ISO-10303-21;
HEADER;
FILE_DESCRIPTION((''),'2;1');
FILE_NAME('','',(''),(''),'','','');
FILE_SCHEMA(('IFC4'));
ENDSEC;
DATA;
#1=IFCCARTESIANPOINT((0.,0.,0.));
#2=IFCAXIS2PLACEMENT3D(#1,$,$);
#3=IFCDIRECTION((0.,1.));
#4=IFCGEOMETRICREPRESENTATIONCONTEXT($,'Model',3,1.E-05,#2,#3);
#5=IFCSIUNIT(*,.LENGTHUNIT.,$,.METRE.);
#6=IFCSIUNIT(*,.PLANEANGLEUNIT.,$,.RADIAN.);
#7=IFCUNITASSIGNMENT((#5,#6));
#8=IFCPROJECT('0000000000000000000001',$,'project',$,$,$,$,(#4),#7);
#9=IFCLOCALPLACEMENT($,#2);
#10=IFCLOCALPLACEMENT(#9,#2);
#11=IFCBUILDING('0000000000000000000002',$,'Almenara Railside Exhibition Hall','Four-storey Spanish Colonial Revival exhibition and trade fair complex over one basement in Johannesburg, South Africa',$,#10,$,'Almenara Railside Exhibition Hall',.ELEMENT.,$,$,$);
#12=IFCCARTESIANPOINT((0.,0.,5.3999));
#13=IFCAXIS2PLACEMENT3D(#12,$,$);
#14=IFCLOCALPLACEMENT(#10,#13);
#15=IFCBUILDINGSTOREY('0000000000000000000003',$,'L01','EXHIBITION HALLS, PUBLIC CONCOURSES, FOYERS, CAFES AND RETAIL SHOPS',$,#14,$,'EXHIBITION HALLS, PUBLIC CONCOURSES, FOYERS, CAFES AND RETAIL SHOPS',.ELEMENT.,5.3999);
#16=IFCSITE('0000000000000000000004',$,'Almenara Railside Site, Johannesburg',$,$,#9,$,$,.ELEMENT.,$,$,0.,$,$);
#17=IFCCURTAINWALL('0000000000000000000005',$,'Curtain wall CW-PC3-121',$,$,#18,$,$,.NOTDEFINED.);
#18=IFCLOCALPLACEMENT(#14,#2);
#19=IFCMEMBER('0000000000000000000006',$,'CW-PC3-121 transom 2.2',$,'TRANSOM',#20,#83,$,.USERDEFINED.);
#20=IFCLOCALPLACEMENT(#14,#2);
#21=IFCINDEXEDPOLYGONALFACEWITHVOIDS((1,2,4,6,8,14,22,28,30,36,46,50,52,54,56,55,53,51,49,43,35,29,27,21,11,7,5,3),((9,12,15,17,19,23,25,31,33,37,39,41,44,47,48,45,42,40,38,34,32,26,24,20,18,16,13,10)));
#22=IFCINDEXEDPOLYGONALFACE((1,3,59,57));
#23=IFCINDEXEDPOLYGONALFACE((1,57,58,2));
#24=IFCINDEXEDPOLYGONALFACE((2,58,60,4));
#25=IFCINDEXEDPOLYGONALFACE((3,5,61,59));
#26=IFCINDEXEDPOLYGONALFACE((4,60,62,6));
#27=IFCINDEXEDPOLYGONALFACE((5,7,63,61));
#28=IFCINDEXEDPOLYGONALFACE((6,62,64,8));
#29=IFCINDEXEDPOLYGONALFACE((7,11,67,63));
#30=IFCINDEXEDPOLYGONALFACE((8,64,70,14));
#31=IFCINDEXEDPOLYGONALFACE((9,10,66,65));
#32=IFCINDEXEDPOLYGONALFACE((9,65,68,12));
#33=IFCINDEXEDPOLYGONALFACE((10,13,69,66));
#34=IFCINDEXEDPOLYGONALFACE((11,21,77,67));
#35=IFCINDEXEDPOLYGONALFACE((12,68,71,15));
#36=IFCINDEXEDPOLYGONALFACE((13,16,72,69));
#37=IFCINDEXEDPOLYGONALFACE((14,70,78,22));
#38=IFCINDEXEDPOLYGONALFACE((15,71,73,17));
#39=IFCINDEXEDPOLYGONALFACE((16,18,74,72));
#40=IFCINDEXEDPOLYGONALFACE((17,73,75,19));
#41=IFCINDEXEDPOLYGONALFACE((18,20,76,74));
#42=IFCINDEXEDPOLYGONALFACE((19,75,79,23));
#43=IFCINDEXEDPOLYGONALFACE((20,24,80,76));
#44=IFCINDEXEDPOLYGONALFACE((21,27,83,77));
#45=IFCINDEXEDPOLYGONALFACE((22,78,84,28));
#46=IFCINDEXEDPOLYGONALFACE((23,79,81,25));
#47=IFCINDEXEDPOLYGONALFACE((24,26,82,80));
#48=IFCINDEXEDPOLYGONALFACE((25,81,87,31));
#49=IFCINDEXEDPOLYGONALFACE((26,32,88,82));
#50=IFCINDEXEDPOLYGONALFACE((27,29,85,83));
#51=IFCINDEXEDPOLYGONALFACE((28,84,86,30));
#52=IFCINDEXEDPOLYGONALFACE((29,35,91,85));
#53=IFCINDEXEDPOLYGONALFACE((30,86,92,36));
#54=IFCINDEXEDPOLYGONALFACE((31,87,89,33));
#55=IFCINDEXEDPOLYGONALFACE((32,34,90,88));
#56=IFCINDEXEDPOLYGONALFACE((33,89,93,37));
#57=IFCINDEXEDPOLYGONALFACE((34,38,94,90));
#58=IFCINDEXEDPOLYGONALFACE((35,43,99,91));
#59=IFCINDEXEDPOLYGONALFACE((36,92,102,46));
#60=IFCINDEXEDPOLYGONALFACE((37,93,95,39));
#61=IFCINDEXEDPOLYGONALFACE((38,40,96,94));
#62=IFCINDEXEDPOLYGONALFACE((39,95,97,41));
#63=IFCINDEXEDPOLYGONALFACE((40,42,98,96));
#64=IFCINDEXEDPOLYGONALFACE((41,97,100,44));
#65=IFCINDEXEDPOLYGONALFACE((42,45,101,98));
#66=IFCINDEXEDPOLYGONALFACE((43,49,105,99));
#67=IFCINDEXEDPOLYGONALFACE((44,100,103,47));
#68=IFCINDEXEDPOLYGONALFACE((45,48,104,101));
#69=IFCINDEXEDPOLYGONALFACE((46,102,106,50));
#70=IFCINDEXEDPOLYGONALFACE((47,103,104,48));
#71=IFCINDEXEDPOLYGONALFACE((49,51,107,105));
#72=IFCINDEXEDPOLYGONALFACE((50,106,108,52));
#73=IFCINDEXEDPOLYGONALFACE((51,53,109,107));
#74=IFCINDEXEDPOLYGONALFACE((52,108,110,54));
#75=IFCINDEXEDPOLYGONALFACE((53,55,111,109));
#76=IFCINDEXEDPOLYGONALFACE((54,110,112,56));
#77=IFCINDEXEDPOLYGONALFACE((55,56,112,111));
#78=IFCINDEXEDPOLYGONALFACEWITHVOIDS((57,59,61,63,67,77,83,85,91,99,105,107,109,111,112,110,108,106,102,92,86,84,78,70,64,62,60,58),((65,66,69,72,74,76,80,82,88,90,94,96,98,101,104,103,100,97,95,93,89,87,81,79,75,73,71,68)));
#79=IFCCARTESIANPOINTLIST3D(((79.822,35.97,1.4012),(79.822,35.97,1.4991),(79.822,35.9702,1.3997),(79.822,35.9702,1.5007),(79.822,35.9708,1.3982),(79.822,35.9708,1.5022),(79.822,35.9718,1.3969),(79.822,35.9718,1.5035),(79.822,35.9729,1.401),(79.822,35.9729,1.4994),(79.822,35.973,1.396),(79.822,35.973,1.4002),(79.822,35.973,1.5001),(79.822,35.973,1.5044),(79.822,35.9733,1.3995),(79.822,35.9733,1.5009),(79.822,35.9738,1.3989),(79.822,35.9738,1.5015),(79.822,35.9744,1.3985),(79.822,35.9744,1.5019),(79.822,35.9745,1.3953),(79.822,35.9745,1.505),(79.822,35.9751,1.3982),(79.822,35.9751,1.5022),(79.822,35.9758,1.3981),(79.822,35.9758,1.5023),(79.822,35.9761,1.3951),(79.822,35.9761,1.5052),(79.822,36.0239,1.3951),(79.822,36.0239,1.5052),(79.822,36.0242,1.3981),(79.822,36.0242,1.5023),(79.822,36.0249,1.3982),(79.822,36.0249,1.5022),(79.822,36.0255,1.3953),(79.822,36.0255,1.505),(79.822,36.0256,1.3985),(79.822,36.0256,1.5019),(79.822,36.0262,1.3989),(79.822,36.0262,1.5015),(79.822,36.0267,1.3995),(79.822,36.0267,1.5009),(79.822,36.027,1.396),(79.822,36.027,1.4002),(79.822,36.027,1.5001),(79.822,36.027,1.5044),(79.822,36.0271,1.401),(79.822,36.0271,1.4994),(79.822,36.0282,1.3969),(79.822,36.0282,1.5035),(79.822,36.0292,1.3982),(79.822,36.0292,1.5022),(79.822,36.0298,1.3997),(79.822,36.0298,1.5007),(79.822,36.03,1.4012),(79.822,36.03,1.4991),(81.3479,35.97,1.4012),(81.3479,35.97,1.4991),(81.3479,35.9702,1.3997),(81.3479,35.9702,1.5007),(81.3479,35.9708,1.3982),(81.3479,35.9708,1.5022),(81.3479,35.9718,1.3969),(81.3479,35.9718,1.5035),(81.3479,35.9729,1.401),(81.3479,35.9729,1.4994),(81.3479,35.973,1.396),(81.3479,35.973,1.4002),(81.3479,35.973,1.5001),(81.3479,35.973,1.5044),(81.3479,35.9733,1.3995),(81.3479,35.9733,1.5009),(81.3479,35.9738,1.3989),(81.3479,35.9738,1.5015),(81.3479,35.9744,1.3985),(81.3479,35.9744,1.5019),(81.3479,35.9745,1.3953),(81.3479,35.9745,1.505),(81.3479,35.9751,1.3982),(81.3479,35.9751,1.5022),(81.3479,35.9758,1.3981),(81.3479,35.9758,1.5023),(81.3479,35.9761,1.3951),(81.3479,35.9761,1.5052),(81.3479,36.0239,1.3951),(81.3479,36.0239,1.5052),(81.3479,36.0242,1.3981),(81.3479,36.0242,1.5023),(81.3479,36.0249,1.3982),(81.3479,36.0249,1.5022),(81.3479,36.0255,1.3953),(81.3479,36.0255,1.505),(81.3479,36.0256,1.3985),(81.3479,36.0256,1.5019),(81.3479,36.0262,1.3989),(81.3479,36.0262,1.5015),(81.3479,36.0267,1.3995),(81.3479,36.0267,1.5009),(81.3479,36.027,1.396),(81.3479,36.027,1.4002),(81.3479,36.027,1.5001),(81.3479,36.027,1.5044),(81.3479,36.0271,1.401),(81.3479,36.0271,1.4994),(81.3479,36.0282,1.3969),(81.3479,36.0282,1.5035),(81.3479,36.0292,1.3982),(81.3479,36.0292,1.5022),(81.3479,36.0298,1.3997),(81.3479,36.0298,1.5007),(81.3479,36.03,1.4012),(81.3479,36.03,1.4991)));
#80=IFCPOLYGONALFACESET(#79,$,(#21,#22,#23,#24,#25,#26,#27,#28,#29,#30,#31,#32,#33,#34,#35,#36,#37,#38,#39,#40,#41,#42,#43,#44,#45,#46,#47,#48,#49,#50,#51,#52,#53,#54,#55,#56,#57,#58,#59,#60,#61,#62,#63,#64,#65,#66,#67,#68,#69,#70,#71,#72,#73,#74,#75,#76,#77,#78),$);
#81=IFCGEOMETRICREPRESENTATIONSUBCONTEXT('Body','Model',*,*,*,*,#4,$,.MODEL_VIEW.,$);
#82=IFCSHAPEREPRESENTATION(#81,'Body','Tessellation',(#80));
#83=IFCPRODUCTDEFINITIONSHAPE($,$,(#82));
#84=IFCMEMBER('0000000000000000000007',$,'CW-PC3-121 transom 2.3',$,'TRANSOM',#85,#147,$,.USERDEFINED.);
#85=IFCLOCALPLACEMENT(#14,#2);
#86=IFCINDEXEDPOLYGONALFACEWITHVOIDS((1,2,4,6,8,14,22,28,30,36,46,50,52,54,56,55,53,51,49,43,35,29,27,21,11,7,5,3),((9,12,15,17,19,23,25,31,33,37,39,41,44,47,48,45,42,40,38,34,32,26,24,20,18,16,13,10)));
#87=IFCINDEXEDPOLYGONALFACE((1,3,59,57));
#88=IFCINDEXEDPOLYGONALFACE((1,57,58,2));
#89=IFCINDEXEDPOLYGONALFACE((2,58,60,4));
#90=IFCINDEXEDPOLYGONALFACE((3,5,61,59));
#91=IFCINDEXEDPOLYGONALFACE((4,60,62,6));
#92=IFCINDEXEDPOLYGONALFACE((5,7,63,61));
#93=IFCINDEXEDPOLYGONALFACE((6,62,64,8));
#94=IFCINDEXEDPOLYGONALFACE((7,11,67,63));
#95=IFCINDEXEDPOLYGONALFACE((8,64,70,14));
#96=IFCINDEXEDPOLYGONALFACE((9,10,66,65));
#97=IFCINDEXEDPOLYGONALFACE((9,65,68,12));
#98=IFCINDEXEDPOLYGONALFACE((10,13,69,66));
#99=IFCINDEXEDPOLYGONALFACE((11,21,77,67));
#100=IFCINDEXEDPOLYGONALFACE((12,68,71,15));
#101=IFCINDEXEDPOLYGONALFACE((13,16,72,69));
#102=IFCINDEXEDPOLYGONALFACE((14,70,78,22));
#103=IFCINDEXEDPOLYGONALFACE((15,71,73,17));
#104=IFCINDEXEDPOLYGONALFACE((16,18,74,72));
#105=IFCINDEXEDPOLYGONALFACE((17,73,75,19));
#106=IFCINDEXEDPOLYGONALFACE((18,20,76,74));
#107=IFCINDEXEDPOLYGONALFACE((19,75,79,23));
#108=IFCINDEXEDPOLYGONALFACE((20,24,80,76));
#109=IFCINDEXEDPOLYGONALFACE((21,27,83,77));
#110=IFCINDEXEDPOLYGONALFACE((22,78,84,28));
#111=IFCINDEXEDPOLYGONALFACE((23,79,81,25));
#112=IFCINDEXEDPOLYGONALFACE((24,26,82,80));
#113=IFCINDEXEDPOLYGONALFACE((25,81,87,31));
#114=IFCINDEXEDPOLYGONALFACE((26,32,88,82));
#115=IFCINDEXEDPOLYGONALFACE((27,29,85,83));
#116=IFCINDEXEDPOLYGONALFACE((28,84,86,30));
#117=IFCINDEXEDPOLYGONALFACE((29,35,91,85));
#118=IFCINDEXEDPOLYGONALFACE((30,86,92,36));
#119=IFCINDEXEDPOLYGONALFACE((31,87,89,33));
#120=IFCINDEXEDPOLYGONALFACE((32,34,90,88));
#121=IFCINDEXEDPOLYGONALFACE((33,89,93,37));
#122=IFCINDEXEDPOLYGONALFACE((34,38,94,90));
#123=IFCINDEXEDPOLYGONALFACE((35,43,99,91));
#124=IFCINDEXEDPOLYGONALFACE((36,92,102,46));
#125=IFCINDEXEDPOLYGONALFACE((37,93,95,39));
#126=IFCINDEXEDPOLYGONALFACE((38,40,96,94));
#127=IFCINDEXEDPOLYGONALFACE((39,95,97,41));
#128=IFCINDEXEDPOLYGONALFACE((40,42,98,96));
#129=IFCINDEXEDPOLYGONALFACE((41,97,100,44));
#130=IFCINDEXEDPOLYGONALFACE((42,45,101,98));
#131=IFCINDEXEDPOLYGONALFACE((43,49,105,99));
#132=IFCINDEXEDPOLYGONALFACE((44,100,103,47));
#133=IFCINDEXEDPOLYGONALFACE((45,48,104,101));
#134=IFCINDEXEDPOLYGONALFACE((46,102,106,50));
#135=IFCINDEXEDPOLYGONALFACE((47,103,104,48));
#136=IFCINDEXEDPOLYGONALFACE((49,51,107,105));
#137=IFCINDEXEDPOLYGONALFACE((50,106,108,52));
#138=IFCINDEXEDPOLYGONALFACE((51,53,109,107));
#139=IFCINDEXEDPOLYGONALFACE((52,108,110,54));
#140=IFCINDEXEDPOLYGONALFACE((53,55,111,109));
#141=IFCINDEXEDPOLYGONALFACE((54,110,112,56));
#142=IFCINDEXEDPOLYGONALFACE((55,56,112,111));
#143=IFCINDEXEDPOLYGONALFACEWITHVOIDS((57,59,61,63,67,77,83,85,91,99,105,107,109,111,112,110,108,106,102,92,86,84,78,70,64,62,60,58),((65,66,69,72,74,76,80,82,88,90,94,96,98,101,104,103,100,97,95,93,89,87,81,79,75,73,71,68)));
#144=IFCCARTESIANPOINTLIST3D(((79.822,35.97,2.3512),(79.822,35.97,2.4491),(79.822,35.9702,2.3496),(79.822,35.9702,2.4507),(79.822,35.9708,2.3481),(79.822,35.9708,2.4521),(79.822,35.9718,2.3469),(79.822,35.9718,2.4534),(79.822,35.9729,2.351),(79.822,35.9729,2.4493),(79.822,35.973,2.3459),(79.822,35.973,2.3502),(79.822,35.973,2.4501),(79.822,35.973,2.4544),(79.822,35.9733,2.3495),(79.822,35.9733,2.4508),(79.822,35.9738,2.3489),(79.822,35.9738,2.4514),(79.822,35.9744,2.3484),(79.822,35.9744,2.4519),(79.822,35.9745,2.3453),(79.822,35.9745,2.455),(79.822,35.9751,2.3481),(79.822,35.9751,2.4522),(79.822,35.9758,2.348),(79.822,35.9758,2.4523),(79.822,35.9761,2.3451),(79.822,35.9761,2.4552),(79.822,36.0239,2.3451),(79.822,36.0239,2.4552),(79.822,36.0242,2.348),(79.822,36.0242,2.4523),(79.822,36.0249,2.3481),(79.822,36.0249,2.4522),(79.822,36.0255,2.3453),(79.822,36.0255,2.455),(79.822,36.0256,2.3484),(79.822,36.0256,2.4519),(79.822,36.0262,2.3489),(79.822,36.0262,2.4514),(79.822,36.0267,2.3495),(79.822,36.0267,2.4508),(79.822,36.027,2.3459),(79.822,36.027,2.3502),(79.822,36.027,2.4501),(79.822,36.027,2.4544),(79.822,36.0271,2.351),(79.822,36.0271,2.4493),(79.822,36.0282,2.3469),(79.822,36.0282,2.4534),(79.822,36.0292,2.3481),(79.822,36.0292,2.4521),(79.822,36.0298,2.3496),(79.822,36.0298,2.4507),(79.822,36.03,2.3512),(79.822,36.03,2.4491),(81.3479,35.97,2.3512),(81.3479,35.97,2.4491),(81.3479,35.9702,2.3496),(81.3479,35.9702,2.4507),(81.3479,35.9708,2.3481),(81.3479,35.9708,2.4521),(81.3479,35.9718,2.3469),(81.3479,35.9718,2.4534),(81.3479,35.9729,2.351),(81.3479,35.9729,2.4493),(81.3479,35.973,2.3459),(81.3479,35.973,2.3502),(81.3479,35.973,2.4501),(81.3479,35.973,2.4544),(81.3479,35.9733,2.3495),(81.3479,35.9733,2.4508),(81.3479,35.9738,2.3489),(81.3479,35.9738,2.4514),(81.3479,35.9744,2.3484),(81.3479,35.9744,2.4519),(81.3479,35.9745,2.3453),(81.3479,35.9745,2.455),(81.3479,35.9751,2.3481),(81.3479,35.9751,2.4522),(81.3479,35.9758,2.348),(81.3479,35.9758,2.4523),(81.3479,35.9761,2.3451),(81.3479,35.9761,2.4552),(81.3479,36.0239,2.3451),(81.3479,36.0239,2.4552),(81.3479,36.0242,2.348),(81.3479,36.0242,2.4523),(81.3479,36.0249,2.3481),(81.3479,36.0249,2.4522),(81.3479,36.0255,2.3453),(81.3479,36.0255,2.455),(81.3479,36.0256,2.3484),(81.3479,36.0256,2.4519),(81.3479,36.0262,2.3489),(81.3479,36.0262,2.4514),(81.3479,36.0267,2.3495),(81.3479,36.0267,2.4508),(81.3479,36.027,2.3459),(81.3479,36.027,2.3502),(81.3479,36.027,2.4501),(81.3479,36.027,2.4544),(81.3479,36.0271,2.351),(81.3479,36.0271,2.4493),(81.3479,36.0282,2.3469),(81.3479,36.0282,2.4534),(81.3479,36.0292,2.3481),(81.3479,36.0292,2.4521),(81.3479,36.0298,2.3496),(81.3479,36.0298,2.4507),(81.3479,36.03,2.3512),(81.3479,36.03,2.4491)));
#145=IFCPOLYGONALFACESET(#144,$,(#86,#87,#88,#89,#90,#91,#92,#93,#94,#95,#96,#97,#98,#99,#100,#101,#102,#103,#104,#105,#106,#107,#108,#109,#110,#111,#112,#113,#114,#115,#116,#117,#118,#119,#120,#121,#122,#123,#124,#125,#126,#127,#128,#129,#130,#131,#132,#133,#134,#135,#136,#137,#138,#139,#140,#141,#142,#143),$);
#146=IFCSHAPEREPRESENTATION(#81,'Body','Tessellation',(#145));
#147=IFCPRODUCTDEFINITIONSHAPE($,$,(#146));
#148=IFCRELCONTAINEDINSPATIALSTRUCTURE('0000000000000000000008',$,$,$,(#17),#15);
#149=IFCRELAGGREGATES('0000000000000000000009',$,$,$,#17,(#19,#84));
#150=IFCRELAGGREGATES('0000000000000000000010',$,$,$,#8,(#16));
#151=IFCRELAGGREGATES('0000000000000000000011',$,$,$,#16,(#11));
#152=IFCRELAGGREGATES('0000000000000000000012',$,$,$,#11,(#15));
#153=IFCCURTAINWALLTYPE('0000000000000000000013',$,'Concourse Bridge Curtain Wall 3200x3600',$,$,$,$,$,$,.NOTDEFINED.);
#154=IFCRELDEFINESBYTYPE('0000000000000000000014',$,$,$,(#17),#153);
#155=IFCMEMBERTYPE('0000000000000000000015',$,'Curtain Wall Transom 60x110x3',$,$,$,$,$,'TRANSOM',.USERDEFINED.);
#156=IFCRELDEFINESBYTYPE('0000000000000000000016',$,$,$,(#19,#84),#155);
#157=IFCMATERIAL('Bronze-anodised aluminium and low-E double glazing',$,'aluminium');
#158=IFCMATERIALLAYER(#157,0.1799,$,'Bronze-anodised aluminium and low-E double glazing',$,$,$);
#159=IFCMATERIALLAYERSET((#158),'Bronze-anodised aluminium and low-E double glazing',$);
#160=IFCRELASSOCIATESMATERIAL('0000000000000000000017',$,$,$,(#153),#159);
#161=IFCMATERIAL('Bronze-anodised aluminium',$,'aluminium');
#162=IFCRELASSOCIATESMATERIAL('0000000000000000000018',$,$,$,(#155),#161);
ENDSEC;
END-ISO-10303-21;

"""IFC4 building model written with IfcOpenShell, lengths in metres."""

from ifc_helpers import new_model, si_unit, direction, frame, origin, origin_2d, place, context, subcontext, project, spatial, hollow_rectangle, extrude, material, layer, layer_set, material_profile, profile_set, type_object, element, aggregate, save


model = new_model("IFC4")

# Units and contexts
model_context = context("Model", 3, precision=1e-05, world=origin(), true_north=direction((0.0, 1.0)))
body_context = subcontext(model_context, "Body", "Model", "MODEL_VIEW")
ifc_project = project(units=[si_unit("LENGTHUNIT", "METRE"), si_unit("PLANEANGLEUNIT", "RADIAN")], contexts=[model_context])

# Site, building, storey
site_placement = place(None, origin())
site = spatial("IfcSite", under=ifc_project, at=site_placement, Name="Almenara Railside Site, Johannesburg", CompositionType="ELEMENT", RefElevation=0.0)
building_placement = place(site_placement, origin())
building = spatial("IfcBuilding", under=site, at=building_placement, Name="Almenara Railside Exhibition Hall", Description="Four-storey Spanish Colonial Revival exhibition and trade fair complex over one basement in Johannesburg, South Africa", LongName="Almenara Railside Exhibition Hall", CompositionType="ELEMENT")
storey_placement = place(building_placement, frame((0.0, 0.0, 5.3999)))
storey = spatial("IfcBuildingStorey", under=building, at=storey_placement, Name="L01", Description="EXHIBITION HALLS, PUBLIC CONCOURSES, FOYERS, CAFES AND RETAIL SHOPS", LongName="EXHIBITION HALLS, PUBLIC CONCOURSES, FOYERS, CAFES AND RETAIL SHOPS", CompositionType="ELEMENT", Elevation=5.3999)

# Curtain wall
ifc_material_1 = material(Name="Bronze-anodised aluminium and low-E double glazing", Category="aluminium")
ifc_layer_1 = layer(ifc_material_1, 0.1799, Name="Bronze-anodised aluminium and low-E double glazing")
ifc_layer_set_1 = layer_set([ifc_layer_1], Name="Bronze-anodised aluminium and low-E double glazing")
curtain_wall_type = type_object("IfcCurtainWallType", Name="Concourse Bridge Curtain Wall 3200x3600", PredefinedType="NOTDEFINED", material=ifc_layer_set_1)
curtain_wall_1_placement = place(storey_placement, origin())
curtain_wall_1 = element("IfcCurtainWall", 1, at=curtain_wall_1_placement, inside=storey, type_object=curtain_wall_type, Name="Curtain wall CW-PC3-121", PredefinedType="NOTDEFINED")
ifc_material_2 = material(Name="Bronze-anodised aluminium", Category="aluminium")

# Members
ifc_material_profile_1 = material_profile(ifc_material_2, hollow_rectangle(XDim=0.0601, YDim=0.1101, WallThickness=0.0029, InnerFilletRadius=0.0029, OuterFilletRadius=0.0061, at=origin_2d()), Name="ALU-TRN 60x110x3")
ifc_profile_set_1 = profile_set([ifc_material_profile_1], Name="Bronze-anodised aluminium")
member_type_1 = type_object("IfcMemberType", Name="Curtain Wall Transom 60x110x3", ElementType="TRANSOM", PredefinedType="USERDEFINED", material=ifc_profile_set_1)
member_1_placement = place(storey_placement, frame((79.822, 36.0, 1.4502), z_axis=(1.0, 0.0, 0.0), x_axis=(0.0, 1.0, 0.0)))
member_1 = element("IfcMember", 2, at=member_1_placement, type_object=member_type_1, Name="CW-PC3-121 transom 2.2", ObjectType="TRANSOM", PredefinedType="USERDEFINED", context=body_context, shape_type="SweptSolid", body=[
    extrude(hollow_rectangle(XDim=0.0601, YDim=0.1101, WallThickness=0.0029, InnerFilletRadius=0.0029, OuterFilletRadius=0.0061, at=origin_2d()), origin(), (0.0, 0.0, 1.0), 1.5259),
])
member_2_placement = place(storey_placement, frame((79.822, 36.0, 2.4001), z_axis=(1.0, 0.0, 0.0), x_axis=(0.0, 1.0, 0.0)))
member_2 = element("IfcMember", 3, at=member_2_placement, type_object=member_type_1, Name="CW-PC3-121 transom 2.3", ObjectType="TRANSOM", PredefinedType="USERDEFINED", context=body_context, shape_type="SweptSolid", body=[
    extrude(hollow_rectangle(XDim=0.0601, YDim=0.1101, WallThickness=0.0029, InnerFilletRadius=0.0029, OuterFilletRadius=0.0061, at=origin_2d()), origin(), (0.0, 0.0, 1.0), 1.5259),
])

aggregate(curtain_wall_1, [member_1, member_2])

save(model, "model.ifc")
